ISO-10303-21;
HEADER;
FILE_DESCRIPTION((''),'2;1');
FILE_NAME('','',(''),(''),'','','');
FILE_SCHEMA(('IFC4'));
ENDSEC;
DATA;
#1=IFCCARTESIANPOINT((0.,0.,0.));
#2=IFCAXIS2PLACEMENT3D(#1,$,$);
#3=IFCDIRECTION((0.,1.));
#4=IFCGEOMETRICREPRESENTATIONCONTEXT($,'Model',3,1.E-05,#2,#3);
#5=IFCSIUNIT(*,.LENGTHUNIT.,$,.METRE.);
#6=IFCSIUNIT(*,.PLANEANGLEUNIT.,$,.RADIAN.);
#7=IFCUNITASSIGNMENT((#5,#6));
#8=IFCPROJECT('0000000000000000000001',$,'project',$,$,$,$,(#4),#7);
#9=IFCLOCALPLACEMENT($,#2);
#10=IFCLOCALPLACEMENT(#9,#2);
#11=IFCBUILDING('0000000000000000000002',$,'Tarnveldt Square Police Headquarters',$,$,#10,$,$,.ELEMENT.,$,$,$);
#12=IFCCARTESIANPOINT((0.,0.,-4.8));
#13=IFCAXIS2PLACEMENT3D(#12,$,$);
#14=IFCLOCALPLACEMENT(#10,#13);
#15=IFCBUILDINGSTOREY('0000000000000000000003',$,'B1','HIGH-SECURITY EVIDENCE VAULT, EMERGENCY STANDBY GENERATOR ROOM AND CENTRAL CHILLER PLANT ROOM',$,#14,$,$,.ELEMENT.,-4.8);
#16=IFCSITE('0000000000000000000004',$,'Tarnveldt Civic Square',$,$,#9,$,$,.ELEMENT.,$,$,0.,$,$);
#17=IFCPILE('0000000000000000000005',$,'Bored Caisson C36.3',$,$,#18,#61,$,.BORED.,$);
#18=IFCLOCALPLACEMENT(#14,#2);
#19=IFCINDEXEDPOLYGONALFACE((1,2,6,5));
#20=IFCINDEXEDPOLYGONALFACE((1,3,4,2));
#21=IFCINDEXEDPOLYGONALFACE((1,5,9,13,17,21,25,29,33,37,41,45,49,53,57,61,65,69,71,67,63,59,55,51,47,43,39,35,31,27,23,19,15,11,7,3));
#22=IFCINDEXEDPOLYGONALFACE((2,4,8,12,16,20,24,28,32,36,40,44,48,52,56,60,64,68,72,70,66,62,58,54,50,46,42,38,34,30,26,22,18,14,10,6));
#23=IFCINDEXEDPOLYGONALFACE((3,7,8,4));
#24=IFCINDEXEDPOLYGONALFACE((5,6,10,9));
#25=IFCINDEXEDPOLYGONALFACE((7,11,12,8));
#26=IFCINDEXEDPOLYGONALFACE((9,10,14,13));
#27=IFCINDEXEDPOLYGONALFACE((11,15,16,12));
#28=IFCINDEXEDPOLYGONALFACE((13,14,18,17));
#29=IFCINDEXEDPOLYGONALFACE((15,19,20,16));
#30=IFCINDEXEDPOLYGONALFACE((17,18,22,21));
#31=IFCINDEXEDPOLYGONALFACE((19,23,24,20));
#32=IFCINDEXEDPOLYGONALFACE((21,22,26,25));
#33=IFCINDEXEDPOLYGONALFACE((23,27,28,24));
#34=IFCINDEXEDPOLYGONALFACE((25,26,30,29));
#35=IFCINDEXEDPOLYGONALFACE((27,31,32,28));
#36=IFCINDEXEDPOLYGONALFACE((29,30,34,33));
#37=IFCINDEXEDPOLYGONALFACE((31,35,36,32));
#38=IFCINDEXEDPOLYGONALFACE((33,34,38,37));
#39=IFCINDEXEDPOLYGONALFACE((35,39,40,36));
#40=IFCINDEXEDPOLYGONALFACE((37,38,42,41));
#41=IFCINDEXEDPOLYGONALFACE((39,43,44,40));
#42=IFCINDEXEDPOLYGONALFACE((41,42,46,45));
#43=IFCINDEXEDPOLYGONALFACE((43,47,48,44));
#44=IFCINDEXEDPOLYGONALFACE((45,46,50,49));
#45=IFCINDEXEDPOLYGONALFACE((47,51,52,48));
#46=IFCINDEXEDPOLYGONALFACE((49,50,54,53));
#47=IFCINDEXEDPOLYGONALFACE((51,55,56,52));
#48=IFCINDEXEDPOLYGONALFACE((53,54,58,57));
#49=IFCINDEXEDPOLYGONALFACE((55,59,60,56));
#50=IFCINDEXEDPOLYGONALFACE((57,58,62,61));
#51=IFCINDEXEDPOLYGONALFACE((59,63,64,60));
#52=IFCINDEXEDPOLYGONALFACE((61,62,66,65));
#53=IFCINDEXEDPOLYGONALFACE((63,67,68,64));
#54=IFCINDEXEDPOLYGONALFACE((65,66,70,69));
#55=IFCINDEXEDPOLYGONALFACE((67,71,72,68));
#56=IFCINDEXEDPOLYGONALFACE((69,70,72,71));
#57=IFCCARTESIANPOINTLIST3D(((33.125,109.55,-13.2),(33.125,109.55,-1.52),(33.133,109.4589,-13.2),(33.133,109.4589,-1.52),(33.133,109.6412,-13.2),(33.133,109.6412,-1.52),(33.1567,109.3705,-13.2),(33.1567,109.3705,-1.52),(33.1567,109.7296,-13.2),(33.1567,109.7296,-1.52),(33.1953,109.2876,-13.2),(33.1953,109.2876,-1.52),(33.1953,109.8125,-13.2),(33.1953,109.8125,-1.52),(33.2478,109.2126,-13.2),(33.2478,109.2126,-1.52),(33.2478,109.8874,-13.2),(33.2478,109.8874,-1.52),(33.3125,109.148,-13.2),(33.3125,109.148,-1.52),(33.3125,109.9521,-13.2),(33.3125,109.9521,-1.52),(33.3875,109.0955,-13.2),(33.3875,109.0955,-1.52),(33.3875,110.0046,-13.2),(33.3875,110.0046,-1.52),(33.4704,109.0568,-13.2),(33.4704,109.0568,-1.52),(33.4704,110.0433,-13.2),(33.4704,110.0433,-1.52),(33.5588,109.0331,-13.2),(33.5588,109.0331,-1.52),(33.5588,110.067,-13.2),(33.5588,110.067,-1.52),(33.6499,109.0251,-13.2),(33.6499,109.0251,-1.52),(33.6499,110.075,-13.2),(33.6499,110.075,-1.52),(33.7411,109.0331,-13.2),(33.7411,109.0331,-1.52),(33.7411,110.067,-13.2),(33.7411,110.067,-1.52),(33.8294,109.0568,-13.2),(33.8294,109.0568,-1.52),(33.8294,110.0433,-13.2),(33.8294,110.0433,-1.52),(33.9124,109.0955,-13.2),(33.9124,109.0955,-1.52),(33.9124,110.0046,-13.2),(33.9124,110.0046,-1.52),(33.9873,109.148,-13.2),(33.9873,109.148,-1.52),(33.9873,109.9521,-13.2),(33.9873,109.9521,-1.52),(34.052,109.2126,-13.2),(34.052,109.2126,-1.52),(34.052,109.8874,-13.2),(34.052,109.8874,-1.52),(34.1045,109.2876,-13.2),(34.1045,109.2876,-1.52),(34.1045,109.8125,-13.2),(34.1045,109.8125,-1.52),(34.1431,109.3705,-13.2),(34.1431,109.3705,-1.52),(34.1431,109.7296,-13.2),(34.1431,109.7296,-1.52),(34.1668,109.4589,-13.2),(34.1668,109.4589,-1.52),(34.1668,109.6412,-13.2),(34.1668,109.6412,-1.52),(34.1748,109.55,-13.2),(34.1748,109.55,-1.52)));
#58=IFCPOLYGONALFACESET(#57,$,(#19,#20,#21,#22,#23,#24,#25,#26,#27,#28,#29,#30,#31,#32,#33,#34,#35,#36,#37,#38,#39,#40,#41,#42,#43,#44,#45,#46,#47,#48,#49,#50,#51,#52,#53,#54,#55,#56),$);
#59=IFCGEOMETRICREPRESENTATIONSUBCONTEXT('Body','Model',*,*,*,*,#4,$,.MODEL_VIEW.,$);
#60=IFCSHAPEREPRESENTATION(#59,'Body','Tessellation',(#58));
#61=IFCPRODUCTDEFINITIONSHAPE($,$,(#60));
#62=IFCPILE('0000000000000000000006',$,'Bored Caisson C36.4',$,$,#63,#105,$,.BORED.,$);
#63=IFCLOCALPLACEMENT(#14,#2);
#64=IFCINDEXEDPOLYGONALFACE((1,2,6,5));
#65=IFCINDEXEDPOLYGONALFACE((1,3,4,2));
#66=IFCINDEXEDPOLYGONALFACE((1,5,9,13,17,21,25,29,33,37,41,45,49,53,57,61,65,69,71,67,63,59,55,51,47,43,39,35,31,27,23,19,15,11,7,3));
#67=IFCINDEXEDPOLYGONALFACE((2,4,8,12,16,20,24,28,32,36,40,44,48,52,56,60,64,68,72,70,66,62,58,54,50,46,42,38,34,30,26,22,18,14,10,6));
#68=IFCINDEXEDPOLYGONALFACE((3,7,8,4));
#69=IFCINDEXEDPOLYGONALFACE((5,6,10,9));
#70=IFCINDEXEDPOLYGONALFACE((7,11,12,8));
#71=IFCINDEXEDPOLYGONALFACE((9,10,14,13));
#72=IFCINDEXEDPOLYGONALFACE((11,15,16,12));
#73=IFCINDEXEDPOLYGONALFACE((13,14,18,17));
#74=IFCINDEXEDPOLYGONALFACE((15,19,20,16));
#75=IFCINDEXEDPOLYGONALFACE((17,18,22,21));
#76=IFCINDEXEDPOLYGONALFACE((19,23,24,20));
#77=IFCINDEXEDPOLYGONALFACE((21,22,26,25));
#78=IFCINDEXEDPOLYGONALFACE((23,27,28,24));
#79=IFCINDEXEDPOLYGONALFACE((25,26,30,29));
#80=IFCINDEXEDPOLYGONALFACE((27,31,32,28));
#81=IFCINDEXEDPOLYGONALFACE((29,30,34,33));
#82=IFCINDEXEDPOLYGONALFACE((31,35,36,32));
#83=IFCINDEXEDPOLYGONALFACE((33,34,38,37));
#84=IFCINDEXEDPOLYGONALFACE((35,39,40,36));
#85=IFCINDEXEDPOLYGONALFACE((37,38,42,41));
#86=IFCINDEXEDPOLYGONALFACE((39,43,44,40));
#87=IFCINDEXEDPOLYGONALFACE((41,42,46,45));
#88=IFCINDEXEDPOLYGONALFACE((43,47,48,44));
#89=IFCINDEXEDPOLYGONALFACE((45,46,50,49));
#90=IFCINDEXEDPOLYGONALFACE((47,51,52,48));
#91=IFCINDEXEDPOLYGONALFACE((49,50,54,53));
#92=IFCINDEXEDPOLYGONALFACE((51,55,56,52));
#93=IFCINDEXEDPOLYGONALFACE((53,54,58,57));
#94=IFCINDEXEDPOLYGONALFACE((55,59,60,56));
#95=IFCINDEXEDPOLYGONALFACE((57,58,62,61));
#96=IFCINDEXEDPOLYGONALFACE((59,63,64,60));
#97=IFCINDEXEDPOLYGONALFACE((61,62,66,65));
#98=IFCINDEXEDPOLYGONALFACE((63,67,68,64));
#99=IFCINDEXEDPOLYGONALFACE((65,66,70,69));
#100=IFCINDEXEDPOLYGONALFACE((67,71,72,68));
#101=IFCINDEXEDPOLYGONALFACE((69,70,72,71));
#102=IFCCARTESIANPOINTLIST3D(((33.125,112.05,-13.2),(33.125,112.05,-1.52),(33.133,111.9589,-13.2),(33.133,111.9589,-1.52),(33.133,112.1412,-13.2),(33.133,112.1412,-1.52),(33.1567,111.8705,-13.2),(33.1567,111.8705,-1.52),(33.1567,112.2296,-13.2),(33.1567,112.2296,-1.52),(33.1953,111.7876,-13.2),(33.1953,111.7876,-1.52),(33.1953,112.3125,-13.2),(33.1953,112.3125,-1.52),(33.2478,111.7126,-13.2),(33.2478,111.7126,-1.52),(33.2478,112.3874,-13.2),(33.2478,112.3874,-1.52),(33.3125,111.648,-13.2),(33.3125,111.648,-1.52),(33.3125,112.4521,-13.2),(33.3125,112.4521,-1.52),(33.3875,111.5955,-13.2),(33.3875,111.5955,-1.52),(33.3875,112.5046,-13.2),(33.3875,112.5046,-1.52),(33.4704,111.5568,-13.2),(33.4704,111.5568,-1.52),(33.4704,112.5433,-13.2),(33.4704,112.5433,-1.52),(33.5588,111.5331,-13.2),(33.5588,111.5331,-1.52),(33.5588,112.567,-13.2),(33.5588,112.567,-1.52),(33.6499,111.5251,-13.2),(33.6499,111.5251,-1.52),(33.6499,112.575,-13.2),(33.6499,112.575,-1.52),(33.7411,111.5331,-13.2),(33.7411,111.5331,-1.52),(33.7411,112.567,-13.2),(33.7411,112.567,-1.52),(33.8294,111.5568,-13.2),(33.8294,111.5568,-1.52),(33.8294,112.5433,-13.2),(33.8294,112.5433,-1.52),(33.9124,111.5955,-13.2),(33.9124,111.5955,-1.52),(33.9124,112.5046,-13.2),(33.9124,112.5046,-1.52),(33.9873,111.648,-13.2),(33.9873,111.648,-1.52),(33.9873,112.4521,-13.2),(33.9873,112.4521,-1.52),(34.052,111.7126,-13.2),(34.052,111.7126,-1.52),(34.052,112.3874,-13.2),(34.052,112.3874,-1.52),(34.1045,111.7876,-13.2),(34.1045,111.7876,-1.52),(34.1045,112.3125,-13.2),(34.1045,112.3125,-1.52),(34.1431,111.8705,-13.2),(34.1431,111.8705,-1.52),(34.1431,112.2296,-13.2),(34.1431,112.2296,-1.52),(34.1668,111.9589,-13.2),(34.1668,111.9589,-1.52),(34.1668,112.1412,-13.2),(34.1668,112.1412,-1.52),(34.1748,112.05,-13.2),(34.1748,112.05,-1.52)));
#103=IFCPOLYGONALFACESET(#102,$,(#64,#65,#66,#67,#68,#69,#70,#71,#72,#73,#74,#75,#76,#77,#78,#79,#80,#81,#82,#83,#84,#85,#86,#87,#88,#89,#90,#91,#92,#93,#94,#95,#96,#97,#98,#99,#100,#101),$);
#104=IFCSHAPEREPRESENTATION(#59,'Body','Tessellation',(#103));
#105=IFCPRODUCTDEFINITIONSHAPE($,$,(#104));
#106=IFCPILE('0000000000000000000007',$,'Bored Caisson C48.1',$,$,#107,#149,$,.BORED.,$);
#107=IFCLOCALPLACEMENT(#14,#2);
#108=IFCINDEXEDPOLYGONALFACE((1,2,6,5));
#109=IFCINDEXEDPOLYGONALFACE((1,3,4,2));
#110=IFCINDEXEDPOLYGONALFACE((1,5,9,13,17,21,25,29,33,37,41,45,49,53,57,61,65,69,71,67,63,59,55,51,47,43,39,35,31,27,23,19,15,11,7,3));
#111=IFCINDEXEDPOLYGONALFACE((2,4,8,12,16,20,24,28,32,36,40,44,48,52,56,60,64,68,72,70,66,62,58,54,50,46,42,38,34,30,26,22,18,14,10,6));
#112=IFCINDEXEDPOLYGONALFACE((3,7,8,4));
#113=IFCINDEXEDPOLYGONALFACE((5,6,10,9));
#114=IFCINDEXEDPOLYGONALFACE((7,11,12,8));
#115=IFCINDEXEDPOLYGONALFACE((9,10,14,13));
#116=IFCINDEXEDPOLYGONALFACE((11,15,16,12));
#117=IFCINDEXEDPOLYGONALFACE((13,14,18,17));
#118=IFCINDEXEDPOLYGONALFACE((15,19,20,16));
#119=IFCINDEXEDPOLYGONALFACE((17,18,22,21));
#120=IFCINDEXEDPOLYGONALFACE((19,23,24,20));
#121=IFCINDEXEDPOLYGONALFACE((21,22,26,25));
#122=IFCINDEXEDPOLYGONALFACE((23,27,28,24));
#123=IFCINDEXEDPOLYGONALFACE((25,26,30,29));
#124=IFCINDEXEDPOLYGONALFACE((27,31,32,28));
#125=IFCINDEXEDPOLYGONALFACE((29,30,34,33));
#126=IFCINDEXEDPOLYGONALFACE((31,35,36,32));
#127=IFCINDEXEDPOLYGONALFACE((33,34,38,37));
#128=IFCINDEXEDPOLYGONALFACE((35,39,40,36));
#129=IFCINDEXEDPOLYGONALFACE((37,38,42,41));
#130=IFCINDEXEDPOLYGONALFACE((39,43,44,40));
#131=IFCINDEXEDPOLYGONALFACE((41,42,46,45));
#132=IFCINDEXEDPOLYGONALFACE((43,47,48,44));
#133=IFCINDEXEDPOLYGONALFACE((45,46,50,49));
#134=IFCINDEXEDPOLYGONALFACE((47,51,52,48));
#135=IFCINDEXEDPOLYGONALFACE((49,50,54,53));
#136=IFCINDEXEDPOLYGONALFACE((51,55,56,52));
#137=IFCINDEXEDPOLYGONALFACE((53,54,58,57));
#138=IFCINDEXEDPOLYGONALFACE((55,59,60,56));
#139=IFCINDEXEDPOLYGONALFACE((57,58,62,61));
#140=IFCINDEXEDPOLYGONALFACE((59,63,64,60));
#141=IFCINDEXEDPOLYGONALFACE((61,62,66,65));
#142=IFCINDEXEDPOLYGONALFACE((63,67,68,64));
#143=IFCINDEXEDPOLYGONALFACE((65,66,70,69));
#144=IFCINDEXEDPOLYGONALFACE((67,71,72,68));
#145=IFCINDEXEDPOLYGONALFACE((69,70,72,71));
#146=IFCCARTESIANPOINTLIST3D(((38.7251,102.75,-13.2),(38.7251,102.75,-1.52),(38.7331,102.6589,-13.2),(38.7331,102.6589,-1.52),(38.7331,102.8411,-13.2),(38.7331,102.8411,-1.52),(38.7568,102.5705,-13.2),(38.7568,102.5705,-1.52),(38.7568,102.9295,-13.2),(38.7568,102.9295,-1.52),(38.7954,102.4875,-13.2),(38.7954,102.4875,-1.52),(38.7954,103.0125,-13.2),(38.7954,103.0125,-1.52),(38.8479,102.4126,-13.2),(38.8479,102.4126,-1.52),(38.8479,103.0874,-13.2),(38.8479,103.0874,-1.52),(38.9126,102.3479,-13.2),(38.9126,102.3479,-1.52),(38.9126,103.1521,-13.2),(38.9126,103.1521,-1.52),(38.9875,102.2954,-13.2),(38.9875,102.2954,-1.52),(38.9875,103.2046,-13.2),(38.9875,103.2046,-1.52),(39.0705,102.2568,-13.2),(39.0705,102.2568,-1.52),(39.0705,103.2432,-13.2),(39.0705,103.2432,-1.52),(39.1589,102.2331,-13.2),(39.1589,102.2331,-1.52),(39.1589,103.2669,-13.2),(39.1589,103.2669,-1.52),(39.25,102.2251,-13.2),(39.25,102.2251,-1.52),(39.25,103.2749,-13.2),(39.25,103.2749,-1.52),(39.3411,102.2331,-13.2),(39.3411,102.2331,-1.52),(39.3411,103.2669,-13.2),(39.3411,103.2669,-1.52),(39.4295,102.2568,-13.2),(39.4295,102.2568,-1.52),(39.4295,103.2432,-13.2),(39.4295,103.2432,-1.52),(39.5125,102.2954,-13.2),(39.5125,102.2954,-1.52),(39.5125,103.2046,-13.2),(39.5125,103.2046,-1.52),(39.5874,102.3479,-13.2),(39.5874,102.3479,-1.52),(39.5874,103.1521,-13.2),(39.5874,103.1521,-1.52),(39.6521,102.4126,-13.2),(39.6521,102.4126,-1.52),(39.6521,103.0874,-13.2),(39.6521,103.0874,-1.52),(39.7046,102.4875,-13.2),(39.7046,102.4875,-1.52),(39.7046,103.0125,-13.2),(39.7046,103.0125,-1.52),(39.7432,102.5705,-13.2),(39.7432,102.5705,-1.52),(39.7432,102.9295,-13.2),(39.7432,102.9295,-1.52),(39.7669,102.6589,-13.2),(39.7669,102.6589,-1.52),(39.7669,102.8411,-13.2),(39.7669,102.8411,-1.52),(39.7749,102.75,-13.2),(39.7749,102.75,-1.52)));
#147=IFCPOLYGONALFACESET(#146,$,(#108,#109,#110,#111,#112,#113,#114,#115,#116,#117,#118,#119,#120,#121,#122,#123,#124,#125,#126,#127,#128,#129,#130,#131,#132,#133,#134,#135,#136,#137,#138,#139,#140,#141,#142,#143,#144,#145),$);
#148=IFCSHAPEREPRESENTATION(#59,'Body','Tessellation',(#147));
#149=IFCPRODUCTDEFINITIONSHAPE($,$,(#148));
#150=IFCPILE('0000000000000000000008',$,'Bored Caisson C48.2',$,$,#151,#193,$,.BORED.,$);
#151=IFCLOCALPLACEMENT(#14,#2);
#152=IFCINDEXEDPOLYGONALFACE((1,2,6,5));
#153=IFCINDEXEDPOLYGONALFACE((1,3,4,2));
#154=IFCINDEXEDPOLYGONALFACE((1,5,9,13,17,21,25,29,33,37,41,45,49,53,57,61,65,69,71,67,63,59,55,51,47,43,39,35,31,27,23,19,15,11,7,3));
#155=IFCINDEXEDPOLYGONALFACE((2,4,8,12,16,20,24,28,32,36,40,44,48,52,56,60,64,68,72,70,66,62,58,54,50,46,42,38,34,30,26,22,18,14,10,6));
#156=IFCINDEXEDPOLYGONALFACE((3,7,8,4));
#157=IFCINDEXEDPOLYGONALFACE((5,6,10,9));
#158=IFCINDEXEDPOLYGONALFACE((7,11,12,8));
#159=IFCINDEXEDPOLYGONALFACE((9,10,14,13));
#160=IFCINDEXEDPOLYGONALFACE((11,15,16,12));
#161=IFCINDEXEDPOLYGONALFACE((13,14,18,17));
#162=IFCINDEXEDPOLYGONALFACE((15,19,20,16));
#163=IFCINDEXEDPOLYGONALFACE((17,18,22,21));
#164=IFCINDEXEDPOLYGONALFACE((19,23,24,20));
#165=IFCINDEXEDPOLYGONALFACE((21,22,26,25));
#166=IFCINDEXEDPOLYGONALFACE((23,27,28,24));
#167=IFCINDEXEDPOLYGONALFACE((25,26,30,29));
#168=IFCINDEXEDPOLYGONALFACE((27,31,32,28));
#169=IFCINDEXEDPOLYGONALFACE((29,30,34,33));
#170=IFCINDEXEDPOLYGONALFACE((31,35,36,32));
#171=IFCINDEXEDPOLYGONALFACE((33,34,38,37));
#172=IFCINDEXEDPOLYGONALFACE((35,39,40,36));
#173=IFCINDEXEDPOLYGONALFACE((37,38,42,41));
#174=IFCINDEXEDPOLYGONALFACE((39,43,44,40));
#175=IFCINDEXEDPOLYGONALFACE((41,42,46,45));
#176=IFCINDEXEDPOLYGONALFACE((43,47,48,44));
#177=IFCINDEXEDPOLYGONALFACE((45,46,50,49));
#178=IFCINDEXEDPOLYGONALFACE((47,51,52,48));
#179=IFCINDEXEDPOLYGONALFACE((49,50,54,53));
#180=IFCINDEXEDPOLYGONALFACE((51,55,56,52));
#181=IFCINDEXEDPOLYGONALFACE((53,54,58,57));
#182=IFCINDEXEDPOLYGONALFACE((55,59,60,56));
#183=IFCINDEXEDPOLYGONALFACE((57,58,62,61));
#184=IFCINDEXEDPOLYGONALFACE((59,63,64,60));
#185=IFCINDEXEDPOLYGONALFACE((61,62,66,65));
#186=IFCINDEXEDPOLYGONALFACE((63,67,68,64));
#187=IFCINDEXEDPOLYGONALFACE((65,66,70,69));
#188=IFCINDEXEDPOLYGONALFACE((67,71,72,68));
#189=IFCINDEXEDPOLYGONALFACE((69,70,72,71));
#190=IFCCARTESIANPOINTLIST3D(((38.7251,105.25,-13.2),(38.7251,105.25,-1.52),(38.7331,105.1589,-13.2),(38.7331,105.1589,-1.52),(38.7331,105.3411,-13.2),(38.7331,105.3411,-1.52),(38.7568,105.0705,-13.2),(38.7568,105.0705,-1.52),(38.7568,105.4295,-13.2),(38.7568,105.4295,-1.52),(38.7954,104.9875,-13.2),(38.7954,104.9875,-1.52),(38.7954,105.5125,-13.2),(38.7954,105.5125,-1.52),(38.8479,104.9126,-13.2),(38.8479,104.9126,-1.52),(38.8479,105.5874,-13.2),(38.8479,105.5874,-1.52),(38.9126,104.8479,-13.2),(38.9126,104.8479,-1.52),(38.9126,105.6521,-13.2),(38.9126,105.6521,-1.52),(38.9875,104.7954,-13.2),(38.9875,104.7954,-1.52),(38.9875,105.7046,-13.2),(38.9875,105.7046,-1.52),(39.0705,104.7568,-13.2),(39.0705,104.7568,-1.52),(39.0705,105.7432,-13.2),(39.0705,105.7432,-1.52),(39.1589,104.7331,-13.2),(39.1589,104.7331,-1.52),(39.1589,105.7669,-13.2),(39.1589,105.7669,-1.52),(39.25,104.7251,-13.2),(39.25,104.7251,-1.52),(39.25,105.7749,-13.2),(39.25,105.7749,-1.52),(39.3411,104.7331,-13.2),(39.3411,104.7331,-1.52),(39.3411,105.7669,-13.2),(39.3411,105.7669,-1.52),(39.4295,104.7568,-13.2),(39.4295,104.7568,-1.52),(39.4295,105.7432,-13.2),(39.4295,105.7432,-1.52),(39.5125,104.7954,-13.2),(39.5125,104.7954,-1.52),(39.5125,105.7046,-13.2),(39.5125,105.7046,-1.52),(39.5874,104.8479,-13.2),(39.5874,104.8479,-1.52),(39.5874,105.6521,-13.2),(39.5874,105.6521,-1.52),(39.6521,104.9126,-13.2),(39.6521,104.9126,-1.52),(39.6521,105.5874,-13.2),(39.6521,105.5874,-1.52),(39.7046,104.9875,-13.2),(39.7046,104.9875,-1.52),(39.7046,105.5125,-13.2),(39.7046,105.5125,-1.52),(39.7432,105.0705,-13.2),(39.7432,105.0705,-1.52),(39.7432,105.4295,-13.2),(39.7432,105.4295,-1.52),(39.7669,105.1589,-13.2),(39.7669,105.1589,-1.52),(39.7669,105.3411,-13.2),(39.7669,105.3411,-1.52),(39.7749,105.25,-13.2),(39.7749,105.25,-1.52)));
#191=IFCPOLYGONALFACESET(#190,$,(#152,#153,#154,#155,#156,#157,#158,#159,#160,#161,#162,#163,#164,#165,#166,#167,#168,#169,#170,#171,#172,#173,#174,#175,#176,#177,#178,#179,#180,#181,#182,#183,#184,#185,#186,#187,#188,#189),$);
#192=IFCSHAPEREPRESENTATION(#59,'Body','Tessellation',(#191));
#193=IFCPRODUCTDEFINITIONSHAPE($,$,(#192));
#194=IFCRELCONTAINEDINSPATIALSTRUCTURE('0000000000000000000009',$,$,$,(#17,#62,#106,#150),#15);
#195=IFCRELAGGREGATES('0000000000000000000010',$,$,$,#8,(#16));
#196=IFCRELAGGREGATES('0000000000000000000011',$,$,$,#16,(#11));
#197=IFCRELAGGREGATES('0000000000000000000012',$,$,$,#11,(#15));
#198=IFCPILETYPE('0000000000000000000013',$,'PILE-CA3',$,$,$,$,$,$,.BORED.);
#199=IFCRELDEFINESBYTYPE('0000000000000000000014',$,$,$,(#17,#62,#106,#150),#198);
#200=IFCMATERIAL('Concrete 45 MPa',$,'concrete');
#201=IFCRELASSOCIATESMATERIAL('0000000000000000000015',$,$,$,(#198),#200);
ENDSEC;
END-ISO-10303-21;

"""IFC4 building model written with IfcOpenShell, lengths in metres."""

from ifc_helpers import new_model, si_unit, direction, frame, origin, origin_2d, place, context, subcontext, project, spatial, circle, extrude, material, material_profile, profile_set, type_object, element, save


model = new_model("IFC4")

# Units and contexts
model_context = context("Model", 3, precision=1e-05, world=origin(), true_north=direction((0.0, 1.0)))
body_context = subcontext(model_context, "Body", "Model", "MODEL_VIEW")
ifc_project = project(units=[si_unit("LENGTHUNIT", "METRE"), si_unit("PLANEANGLEUNIT", "RADIAN")], contexts=[model_context])

# Site, building, storey
site_placement = place(None, origin())
site = spatial("IfcSite", under=ifc_project, at=site_placement, Name="Tarnveldt Civic Square", CompositionType="ELEMENT", RefElevation=0.0)
building_placement = place(site_placement, origin())
building = spatial("IfcBuilding", under=site, at=building_placement, Name="Tarnveldt Square Police Headquarters", CompositionType="ELEMENT")
storey_placement = place(building_placement, frame((0.0, 0.0, -4.8)))
storey = spatial("IfcBuildingStorey", under=building, at=storey_placement, Name="B1", Description="HIGH-SECURITY EVIDENCE VAULT, EMERGENCY STANDBY GENERATOR ROOM AND CENTRAL CHILLER PLANT ROOM", CompositionType="ELEMENT", Elevation=-4.8)

# Shared definitions
ifc_material_1 = material(Name="Concrete 45 MPa", Category="concrete")

# Piles
ifc_material_profile_1 = material_profile(ifc_material_1, circle(Radius=0.5249, at=origin_2d()), Name="CAISSON-D1050")
ifc_profile_set_1 = profile_set([ifc_material_profile_1], Name="Concrete 45 MPa")
pile_type_1 = type_object("IfcPileType", Name="PILE-CA3", PredefinedType="BORED", material=ifc_profile_set_1)
for number, where, z_axis, x_axis, name in (
    (1, (33.6499, 109.55, -1.52), (0.0, 0.0, -1.0), (1.0, 0.0, 0.0), "Bored Caisson C36.3"),
    (2, (33.6499, 112.05, -1.52), (0.0, 0.0, -1.0), (1.0, 0.0, 0.0), "Bored Caisson C36.4"),
    (3, (39.25, 102.75, -1.52), (0.0, 0.0, -1.0), (1.0, 0.0, 0.0), "Bored Caisson C48.1"),
    (4, (39.25, 105.25, -1.52), (0.0, 0.0, -1.0), (1.0, 0.0, 0.0), "Bored Caisson C48.2"),
):
    element("IfcPile", number, at=place(storey_placement, frame(where, z_axis=z_axis, x_axis=x_axis)), inside=storey, type_object=pile_type_1, Name=name, PredefinedType="BORED", context=body_context, shape_type="SweptSolid", body=[
        extrude(circle(Radius=0.5249, at=origin_2d()), origin(), (0.0, 0.0, 1.0), 11.6799),
    ])

save(model, "model.ifc")
